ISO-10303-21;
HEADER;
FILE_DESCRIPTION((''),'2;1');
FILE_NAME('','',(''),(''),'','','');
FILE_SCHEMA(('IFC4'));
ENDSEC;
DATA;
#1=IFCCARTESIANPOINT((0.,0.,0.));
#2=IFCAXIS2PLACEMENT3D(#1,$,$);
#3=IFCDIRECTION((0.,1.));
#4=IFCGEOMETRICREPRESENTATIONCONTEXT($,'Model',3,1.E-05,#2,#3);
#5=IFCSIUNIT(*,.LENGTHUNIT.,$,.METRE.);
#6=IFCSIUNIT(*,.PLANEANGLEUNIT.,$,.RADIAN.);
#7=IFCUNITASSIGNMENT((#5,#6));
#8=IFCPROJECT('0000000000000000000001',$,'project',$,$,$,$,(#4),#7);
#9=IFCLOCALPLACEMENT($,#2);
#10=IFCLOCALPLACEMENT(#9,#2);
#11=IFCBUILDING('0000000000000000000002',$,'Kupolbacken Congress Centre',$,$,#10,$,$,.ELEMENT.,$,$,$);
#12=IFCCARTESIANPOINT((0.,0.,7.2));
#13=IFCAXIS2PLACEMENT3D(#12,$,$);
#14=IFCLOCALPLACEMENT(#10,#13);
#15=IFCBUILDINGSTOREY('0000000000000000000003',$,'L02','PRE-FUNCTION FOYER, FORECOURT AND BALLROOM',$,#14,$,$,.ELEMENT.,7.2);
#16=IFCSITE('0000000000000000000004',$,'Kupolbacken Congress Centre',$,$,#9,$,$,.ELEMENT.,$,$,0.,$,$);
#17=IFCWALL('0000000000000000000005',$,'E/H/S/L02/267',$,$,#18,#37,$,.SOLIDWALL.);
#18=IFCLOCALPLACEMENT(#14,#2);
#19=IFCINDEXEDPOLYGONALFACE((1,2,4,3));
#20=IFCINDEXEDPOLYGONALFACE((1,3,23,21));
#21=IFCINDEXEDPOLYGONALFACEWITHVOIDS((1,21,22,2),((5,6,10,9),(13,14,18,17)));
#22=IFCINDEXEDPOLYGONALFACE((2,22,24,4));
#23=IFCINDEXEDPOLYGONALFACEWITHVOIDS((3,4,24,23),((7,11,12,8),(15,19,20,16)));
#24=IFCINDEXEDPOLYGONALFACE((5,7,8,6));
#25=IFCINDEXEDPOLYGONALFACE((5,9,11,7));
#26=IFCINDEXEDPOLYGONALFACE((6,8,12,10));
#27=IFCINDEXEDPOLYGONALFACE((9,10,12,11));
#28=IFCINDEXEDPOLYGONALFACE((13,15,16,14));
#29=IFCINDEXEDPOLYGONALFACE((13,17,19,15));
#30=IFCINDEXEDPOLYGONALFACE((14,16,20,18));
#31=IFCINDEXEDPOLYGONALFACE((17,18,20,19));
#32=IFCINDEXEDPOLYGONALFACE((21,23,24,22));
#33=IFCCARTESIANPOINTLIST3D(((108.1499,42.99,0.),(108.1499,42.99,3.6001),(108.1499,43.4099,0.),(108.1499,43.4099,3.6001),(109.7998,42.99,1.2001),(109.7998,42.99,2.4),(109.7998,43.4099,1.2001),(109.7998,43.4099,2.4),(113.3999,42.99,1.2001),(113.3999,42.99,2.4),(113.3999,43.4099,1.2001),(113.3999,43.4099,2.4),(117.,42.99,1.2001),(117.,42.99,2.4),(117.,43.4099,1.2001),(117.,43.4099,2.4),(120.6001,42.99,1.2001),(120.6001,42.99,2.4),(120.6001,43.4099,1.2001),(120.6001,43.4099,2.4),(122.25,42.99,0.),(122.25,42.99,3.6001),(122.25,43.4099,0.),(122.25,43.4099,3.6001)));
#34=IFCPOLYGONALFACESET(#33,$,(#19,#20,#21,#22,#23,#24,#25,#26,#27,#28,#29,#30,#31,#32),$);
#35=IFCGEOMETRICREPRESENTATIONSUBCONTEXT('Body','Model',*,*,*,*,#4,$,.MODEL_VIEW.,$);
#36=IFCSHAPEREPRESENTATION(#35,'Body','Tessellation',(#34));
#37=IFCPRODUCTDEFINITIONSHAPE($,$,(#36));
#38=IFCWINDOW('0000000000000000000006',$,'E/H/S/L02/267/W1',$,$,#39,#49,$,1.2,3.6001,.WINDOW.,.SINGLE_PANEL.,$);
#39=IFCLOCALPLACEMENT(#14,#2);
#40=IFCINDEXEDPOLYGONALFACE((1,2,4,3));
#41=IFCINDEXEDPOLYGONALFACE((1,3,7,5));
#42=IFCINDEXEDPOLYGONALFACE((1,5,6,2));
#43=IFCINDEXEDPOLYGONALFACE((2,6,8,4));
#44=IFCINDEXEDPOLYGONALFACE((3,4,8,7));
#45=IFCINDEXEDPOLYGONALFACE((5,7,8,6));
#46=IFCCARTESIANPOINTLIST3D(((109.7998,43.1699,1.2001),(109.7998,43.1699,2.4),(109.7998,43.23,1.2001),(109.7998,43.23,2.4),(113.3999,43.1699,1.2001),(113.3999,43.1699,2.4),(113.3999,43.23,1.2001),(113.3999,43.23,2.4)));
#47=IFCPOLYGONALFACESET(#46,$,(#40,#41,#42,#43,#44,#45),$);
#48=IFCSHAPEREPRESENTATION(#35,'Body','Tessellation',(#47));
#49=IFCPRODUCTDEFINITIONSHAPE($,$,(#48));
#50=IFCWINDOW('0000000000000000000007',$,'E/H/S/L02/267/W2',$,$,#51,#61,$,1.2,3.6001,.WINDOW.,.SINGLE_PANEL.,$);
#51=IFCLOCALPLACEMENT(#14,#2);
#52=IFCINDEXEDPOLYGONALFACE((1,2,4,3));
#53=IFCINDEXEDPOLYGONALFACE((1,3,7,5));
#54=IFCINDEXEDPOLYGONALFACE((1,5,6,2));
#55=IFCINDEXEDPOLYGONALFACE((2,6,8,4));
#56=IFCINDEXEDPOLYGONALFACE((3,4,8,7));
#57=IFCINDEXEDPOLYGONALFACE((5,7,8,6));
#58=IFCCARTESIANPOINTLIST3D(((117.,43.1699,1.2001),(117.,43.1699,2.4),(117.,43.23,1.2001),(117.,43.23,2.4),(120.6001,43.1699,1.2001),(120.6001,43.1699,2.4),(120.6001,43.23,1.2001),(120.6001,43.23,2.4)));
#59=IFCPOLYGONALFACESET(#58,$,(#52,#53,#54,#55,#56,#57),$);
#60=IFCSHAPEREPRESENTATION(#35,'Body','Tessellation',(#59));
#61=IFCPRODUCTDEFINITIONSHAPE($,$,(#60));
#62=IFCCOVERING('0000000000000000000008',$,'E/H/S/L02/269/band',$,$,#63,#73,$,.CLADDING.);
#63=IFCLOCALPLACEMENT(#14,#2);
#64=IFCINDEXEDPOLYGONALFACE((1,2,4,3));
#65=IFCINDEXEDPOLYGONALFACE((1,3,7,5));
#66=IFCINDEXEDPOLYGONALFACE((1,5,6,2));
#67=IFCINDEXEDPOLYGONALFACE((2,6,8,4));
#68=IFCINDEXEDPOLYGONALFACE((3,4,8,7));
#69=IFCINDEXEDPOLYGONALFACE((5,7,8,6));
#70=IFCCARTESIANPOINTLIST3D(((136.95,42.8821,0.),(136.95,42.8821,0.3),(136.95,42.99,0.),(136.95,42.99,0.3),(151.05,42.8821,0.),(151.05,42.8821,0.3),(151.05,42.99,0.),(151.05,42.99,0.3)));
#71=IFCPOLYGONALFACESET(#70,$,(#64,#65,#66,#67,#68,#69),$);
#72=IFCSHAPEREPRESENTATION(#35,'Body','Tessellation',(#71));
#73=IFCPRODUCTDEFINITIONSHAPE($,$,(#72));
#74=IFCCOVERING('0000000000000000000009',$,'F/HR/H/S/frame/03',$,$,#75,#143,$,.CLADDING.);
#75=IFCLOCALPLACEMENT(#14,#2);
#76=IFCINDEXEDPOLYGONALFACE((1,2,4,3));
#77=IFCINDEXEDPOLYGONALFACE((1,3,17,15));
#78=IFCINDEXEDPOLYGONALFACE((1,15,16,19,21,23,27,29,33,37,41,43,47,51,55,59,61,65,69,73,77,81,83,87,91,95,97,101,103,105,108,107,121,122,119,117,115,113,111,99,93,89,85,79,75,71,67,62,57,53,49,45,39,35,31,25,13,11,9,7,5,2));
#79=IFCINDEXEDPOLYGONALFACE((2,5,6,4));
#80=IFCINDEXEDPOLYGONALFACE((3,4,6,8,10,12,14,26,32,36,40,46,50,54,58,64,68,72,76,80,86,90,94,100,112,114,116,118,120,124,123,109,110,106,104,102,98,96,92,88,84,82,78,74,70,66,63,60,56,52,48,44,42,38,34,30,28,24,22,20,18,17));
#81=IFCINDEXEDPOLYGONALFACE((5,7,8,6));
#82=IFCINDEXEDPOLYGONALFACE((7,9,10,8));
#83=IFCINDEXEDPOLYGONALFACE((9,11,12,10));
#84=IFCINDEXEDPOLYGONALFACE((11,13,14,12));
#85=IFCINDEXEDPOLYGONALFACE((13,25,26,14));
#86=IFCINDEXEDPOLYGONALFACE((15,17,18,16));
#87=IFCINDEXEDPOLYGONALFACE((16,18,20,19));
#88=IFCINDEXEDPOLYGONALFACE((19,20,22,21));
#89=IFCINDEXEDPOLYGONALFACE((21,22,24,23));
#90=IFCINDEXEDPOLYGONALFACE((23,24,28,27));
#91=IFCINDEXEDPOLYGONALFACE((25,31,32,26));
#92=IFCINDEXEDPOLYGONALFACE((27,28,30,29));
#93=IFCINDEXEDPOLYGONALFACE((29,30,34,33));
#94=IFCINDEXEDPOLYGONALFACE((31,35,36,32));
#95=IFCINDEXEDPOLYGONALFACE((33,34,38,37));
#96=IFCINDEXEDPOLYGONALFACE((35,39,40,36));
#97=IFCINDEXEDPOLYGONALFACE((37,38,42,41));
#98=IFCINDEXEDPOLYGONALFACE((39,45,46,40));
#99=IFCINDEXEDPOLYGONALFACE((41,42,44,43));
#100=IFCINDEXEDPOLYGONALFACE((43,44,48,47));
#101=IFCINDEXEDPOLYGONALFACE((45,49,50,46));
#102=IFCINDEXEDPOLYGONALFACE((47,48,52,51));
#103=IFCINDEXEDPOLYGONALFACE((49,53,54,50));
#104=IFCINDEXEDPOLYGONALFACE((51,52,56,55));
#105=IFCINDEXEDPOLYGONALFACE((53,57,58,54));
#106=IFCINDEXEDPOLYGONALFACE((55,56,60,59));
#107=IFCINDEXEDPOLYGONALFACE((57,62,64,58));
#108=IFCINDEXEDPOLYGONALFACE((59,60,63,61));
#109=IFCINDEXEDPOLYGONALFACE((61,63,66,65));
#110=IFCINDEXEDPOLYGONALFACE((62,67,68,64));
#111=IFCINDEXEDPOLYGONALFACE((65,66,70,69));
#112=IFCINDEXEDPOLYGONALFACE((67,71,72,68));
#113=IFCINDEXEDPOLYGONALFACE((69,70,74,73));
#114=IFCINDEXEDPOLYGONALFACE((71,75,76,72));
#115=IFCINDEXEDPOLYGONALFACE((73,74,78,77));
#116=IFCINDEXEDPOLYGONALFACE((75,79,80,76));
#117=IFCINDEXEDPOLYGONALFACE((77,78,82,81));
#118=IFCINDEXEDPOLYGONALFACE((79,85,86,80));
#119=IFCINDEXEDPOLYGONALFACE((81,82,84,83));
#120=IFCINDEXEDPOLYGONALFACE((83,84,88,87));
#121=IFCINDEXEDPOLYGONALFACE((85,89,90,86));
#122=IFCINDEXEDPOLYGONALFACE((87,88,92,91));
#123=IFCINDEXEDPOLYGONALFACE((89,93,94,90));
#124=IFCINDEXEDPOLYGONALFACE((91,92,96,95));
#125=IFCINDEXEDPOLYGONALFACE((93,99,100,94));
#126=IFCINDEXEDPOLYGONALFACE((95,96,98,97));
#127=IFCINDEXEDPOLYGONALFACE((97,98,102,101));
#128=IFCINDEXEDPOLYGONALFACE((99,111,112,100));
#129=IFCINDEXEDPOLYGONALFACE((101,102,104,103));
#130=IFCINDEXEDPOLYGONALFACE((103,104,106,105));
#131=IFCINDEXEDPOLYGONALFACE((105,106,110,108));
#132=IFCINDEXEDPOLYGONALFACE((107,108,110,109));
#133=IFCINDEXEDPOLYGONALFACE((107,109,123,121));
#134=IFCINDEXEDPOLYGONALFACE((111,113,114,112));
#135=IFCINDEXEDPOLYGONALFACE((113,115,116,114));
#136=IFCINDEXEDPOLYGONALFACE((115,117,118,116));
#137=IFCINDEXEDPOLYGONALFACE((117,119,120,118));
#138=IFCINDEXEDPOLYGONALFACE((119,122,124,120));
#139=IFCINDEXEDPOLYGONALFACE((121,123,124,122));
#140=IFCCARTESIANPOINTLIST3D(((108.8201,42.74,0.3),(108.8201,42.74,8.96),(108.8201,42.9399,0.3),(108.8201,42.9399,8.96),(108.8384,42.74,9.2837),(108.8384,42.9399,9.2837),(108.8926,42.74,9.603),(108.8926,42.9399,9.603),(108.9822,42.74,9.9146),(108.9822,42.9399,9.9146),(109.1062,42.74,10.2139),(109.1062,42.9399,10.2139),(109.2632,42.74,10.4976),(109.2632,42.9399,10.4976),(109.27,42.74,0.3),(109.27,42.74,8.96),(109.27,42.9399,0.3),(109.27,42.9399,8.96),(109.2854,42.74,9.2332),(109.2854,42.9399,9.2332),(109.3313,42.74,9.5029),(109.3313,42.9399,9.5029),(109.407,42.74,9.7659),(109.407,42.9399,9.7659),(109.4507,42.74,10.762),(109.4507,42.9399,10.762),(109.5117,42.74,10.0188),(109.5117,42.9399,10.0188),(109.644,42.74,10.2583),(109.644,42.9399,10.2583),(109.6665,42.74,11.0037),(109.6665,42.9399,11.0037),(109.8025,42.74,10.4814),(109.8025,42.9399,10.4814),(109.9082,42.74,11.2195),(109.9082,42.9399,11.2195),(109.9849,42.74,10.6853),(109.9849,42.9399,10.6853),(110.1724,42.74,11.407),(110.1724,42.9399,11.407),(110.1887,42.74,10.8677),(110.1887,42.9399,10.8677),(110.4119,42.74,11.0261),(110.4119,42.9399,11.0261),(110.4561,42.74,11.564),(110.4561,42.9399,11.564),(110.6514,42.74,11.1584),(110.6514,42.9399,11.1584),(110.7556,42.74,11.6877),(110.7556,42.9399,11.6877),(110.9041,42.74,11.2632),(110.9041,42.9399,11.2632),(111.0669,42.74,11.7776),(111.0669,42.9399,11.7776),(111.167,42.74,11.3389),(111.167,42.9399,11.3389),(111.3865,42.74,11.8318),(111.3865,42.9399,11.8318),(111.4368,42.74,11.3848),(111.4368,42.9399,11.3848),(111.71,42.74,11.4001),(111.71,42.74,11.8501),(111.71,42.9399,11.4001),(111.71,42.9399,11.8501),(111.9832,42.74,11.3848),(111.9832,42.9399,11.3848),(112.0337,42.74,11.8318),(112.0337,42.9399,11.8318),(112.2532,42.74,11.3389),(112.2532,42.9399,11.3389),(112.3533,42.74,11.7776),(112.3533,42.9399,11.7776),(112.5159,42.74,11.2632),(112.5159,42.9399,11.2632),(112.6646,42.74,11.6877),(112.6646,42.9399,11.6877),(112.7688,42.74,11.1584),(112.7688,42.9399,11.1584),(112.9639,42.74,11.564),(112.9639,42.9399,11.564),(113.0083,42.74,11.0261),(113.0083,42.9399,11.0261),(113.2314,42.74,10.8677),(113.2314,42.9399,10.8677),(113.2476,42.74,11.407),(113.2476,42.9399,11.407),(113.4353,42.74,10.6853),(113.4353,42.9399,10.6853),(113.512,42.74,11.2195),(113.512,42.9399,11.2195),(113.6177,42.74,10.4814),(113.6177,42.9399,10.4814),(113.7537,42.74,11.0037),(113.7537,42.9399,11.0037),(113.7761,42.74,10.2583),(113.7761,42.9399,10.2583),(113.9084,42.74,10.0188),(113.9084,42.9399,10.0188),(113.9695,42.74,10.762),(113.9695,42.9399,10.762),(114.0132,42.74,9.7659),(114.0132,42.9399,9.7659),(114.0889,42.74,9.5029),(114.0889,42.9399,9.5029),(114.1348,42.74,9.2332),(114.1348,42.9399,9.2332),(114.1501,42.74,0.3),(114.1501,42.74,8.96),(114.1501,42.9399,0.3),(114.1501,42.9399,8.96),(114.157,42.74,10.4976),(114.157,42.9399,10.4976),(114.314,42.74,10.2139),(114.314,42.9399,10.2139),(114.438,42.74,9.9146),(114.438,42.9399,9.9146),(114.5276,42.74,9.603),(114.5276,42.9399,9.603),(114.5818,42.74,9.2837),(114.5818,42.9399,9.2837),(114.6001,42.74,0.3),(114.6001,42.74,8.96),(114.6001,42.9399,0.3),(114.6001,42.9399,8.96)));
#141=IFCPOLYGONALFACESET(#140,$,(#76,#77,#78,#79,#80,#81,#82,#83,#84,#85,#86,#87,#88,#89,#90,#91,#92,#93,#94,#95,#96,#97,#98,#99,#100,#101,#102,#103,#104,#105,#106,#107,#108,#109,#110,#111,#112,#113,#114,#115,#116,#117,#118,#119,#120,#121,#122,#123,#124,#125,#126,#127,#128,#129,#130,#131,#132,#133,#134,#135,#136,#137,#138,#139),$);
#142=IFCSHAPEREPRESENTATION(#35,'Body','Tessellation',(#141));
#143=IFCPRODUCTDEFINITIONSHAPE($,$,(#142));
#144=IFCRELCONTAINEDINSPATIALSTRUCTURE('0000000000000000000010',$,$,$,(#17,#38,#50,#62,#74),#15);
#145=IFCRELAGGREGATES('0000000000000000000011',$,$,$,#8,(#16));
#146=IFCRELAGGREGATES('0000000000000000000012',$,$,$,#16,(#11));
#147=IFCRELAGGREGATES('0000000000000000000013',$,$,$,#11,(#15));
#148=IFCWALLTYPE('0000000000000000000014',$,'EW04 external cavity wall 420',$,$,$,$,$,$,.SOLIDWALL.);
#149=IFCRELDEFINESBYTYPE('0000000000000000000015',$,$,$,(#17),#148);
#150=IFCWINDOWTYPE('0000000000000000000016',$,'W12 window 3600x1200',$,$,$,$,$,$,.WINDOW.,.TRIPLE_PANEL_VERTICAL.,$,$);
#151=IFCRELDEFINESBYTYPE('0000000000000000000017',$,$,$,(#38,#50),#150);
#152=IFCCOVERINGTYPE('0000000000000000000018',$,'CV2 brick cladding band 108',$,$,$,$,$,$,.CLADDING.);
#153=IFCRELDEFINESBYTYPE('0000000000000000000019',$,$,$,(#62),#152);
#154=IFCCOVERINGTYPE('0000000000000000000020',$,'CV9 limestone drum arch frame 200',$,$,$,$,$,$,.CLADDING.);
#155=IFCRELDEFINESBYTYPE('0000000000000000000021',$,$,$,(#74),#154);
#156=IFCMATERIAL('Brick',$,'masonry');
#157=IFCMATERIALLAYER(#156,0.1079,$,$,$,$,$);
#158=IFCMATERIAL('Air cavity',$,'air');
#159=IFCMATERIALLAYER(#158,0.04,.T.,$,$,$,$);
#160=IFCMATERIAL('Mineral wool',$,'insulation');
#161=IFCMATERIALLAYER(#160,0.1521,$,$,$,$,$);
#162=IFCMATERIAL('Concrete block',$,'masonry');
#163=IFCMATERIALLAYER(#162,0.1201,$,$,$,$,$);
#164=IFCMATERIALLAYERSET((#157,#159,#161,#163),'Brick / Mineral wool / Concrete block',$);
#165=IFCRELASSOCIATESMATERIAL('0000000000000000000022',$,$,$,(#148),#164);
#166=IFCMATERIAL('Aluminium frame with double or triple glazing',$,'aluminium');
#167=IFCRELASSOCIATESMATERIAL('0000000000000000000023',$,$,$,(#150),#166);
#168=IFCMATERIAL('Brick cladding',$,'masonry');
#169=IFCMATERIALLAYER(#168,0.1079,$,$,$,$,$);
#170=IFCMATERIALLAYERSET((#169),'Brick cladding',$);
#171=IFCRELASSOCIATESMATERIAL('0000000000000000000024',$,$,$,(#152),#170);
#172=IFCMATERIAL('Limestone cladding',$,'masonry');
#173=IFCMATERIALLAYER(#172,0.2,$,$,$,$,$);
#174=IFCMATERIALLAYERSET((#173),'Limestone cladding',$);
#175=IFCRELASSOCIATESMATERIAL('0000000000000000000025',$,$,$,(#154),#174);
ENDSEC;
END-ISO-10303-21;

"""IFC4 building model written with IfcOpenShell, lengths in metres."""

from ifc_helpers import new_model, si_unit, direction, frame, frame_2d, origin, origin_2d, place, context, subcontext, project, spatial, polyline, rectangle, outline, extrude, material, layer, layer_set, type_object, element, fill, save


model = new_model("IFC4")

# Units and contexts
model_context = context("Model", 3, precision=1e-05, world=origin(), true_north=direction((0.0, 1.0)))
body_context = subcontext(model_context, "Body", "Model", "MODEL_VIEW")
ifc_project = project(units=[si_unit("LENGTHUNIT", "METRE"), si_unit("PLANEANGLEUNIT", "RADIAN")], contexts=[model_context])

# Site, building, storey
site_placement = place(None, origin())
site = spatial("IfcSite", under=ifc_project, at=site_placement, Name="Kupolbacken Congress Centre", CompositionType="ELEMENT", RefElevation=0.0)
building_placement = place(site_placement, origin())
building = spatial("IfcBuilding", under=site, at=building_placement, Name="Kupolbacken Congress Centre", CompositionType="ELEMENT")
storey_placement = place(building_placement, frame((0.0, 0.0, 7.2)))
storey = spatial("IfcBuildingStorey", under=building, at=storey_placement, Name="L02", Description="PRE-FUNCTION FOYER, FORECOURT AND BALLROOM", CompositionType="ELEMENT", Elevation=7.2)

# Wall, openings, windows
ifc_material_1 = material(Name="Brick", Category="masonry")
ifc_layer_1 = layer(ifc_material_1, 0.1079)
ifc_material_2 = material(Name="Air cavity", Category="air")
ifc_layer_2 = layer(ifc_material_2, 0.04, ventilated=True)
ifc_material_3 = material(Name="Mineral wool", Category="insulation")
ifc_layer_3 = layer(ifc_material_3, 0.1521)
ifc_material_4 = material(Name="Concrete block", Category="masonry")
ifc_layer_4 = layer(ifc_material_4, 0.1201)
ifc_layer_set_1 = layer_set([ifc_layer_1, ifc_layer_2, ifc_layer_3, ifc_layer_4], Name="Brick / Mineral wool / Concrete block")
wall_type = type_object("IfcWallType", Name="EW04 external cavity wall 420", PredefinedType="SOLIDWALL", material=ifc_layer_set_1)
wall_placement = place(storey_placement, frame((108.1499, 43.2, 0.0), z_axis=(0.0, 0.0, 1.0), x_axis=(1.0, 0.0, 0.0)))
wall = element("IfcWall", 1, at=wall_placement, inside=storey, type_object=wall_type, Name="E/H/S/L02/267", PredefinedType="SOLIDWALL", context=body_context, shape_type="SweptSolid", body=[
    extrude(rectangle(XDim=14.1001, YDim=0.4199, at=frame_2d((7.05, 0.0))), origin(), (0.0, 0.0, 1.0), 3.6001),
])
opening_1_placement = place(wall_placement, frame((1.6499, 0.0, 1.2)))
opening_1 = element("IfcOpeningElement", 2, at=opening_1_placement, cuts=wall, PredefinedType="OPENING", context=body_context, shape_type="SweptSolid", body=[
    extrude(rectangle(XDim=3.6001, YDim=1.2, at=frame_2d((1.8, 0.6001))), frame((0.0, 0.22, 0.0), z_axis=(0.0, -1.0, 0.0), x_axis=(1.0, 0.0, 0.0)), (0.0, 0.0, 1.0), 0.4399),
])
opening_2_placement = place(wall_placement, frame((8.8501, 0.0, 1.2)))
opening_2 = element("IfcOpeningElement", 3, at=opening_2_placement, cuts=wall, PredefinedType="OPENING", context=body_context, shape_type="SweptSolid", body=[
    extrude(rectangle(XDim=3.6001, YDim=1.2, at=frame_2d((1.8, 0.6001))), frame((0.0, 0.22, 0.0), z_axis=(0.0, -1.0, 0.0), x_axis=(1.0, 0.0, 0.0)), (0.0, 0.0, 1.0), 0.4399),
])
ifc_material_5 = material(Name="Aluminium frame with double or triple glazing", Category="aluminium")
window_type = type_object("IfcWindowType", Name="W12 window 3600x1200", PartitioningType="TRIPLE_PANEL_VERTICAL", PredefinedType="WINDOW", material=ifc_material_5)
window_1_placement = place(opening_1_placement, origin())
window_1 = element("IfcWindow", 4, at=window_1_placement, inside=storey, type_object=window_type, Name="E/H/S/L02/267/W1", OverallHeight=1.2, OverallWidth=3.6001, PartitioningType="SINGLE_PANEL", PredefinedType="WINDOW", context=body_context, shape_type="SweptSolid", body=[
    extrude(rectangle(XDim=3.6001, YDim=1.2, at=frame_2d((1.8, 0.6001))), frame((0.0, 0.03, 0.0), z_axis=(0.0, -1.0, 0.0), x_axis=(1.0, 0.0, 0.0)), (0.0, 0.0, 1.0), 0.0601),
])
fill(opening_1, window_1)
window_2_placement = place(opening_2_placement, origin())
window_2 = element("IfcWindow", 5, at=window_2_placement, inside=storey, type_object=window_type, Name="E/H/S/L02/267/W2", OverallHeight=1.2, OverallWidth=3.6001, PartitioningType="SINGLE_PANEL", PredefinedType="WINDOW", context=body_context, shape_type="SweptSolid", body=[
    extrude(rectangle(XDim=3.6001, YDim=1.2, at=frame_2d((1.8, 0.6001))), frame((0.0, 0.03, 0.0), z_axis=(0.0, -1.0, 0.0), x_axis=(1.0, 0.0, 0.0)), (0.0, 0.0, 1.0), 0.0601),
])
fill(opening_2, window_2)

# Coverings
ifc_material_6 = material(Name="Brick cladding", Category="masonry")
ifc_layer_5 = layer(ifc_material_6, 0.1079)
ifc_layer_set_2 = layer_set([ifc_layer_5], Name="Brick cladding")
covering_type_1 = type_object("IfcCoveringType", Name="CV2 brick cladding band 108", PredefinedType="CLADDING", material=ifc_layer_set_2)
covering_1_placement = place(storey_placement, frame((144.0, 42.936, 0.0), z_axis=(0.0, 0.0, 1.0), x_axis=(1.0, 0.0, 0.0)))
element("IfcCovering", 6, at=covering_1_placement, inside=storey, type_object=covering_type_1, Name="E/H/S/L02/269/band", PredefinedType="CLADDING", context=body_context, shape_type="SweptSolid", body=[
    extrude(rectangle(XDim=14.1001, YDim=0.1079, at=origin_2d()), origin(), (0.0, 0.0, 1.0), 0.3),
])
ifc_material_7 = material(Name="Limestone cladding", Category="masonry")
ifc_layer_6 = layer(ifc_material_7, 0.2)
ifc_layer_set_3 = layer_set([ifc_layer_6], Name="Limestone cladding")
covering_type_2 = type_object("IfcCoveringType", Name="CV9 limestone drum arch frame 200", PredefinedType="CLADDING", material=ifc_layer_set_3)
covering_2_placement = place(storey_placement, frame((108.8201, 42.9399, 0.3), z_axis=(0.0, -1.0, 0.0), x_axis=(1.0, 0.0, 0.0)))
element("IfcCovering", 7, at=covering_2_placement, inside=storey, type_object=covering_type_2, Name="F/HR/H/S/frame/03", PredefinedType="CLADDING", context=body_context, shape_type="SweptSolid", body=[
    extrude(outline(polyline([(0.0, 0.0), (0.0, 8.6599), (0.0183, 8.9836), (0.0725, 9.303), (0.1621, 9.6145), (0.2861, 9.9138), (0.4431, 10.1975), (0.6306, 10.4619), (0.8464, 10.7036), (1.0881, 10.9194), (1.3523, 11.1069), (1.636, 11.2639), (1.9355, 11.3877), (2.2468, 11.4775), (2.5664, 11.5317), (2.8899, 11.55), (3.2136, 11.5317), (3.5332, 11.4775), (3.8445, 11.3877), (4.1438, 11.2639), (4.4275, 11.1069), (4.6919, 10.9194), (4.9336, 10.7036), (5.1494, 10.4619), (5.3369, 10.1975), (5.4939, 9.9138), (5.6179, 9.6145), (5.7075, 9.303), (5.7617, 8.9836), (5.78, 8.6599), (5.78, 0.0), (5.3301, 0.0), (5.3301, 8.6599), (5.3147, 8.9331), (5.2688, 9.2029), (5.1931, 9.4658), (5.0884, 9.7188), (4.9561, 9.9583), (4.7976, 10.1814), (4.6152, 10.3853), (4.4114, 10.5676), (4.1882, 10.7261), (3.9487, 10.8584), (3.6958, 10.9631), (3.4331, 11.0388), (3.1631, 11.0847), (2.8899, 11.1001), (2.6167, 11.0847), (2.3469, 11.0388), (2.084, 10.9631), (1.8313, 10.8584), (1.5918, 10.7261), (1.3687, 10.5676), (1.1648, 10.3853), (0.9824, 10.1814), (0.824, 9.9583), (0.6917, 9.7188), (0.5869, 9.4658), (0.5112, 9.2029), (0.4653, 8.9331), (0.45, 8.6599), (0.45, 0.0), (0.0, 0.0)])), origin(), (0.0, 0.0, 1.0), 0.2),
])

save(model, "model.ifc")
